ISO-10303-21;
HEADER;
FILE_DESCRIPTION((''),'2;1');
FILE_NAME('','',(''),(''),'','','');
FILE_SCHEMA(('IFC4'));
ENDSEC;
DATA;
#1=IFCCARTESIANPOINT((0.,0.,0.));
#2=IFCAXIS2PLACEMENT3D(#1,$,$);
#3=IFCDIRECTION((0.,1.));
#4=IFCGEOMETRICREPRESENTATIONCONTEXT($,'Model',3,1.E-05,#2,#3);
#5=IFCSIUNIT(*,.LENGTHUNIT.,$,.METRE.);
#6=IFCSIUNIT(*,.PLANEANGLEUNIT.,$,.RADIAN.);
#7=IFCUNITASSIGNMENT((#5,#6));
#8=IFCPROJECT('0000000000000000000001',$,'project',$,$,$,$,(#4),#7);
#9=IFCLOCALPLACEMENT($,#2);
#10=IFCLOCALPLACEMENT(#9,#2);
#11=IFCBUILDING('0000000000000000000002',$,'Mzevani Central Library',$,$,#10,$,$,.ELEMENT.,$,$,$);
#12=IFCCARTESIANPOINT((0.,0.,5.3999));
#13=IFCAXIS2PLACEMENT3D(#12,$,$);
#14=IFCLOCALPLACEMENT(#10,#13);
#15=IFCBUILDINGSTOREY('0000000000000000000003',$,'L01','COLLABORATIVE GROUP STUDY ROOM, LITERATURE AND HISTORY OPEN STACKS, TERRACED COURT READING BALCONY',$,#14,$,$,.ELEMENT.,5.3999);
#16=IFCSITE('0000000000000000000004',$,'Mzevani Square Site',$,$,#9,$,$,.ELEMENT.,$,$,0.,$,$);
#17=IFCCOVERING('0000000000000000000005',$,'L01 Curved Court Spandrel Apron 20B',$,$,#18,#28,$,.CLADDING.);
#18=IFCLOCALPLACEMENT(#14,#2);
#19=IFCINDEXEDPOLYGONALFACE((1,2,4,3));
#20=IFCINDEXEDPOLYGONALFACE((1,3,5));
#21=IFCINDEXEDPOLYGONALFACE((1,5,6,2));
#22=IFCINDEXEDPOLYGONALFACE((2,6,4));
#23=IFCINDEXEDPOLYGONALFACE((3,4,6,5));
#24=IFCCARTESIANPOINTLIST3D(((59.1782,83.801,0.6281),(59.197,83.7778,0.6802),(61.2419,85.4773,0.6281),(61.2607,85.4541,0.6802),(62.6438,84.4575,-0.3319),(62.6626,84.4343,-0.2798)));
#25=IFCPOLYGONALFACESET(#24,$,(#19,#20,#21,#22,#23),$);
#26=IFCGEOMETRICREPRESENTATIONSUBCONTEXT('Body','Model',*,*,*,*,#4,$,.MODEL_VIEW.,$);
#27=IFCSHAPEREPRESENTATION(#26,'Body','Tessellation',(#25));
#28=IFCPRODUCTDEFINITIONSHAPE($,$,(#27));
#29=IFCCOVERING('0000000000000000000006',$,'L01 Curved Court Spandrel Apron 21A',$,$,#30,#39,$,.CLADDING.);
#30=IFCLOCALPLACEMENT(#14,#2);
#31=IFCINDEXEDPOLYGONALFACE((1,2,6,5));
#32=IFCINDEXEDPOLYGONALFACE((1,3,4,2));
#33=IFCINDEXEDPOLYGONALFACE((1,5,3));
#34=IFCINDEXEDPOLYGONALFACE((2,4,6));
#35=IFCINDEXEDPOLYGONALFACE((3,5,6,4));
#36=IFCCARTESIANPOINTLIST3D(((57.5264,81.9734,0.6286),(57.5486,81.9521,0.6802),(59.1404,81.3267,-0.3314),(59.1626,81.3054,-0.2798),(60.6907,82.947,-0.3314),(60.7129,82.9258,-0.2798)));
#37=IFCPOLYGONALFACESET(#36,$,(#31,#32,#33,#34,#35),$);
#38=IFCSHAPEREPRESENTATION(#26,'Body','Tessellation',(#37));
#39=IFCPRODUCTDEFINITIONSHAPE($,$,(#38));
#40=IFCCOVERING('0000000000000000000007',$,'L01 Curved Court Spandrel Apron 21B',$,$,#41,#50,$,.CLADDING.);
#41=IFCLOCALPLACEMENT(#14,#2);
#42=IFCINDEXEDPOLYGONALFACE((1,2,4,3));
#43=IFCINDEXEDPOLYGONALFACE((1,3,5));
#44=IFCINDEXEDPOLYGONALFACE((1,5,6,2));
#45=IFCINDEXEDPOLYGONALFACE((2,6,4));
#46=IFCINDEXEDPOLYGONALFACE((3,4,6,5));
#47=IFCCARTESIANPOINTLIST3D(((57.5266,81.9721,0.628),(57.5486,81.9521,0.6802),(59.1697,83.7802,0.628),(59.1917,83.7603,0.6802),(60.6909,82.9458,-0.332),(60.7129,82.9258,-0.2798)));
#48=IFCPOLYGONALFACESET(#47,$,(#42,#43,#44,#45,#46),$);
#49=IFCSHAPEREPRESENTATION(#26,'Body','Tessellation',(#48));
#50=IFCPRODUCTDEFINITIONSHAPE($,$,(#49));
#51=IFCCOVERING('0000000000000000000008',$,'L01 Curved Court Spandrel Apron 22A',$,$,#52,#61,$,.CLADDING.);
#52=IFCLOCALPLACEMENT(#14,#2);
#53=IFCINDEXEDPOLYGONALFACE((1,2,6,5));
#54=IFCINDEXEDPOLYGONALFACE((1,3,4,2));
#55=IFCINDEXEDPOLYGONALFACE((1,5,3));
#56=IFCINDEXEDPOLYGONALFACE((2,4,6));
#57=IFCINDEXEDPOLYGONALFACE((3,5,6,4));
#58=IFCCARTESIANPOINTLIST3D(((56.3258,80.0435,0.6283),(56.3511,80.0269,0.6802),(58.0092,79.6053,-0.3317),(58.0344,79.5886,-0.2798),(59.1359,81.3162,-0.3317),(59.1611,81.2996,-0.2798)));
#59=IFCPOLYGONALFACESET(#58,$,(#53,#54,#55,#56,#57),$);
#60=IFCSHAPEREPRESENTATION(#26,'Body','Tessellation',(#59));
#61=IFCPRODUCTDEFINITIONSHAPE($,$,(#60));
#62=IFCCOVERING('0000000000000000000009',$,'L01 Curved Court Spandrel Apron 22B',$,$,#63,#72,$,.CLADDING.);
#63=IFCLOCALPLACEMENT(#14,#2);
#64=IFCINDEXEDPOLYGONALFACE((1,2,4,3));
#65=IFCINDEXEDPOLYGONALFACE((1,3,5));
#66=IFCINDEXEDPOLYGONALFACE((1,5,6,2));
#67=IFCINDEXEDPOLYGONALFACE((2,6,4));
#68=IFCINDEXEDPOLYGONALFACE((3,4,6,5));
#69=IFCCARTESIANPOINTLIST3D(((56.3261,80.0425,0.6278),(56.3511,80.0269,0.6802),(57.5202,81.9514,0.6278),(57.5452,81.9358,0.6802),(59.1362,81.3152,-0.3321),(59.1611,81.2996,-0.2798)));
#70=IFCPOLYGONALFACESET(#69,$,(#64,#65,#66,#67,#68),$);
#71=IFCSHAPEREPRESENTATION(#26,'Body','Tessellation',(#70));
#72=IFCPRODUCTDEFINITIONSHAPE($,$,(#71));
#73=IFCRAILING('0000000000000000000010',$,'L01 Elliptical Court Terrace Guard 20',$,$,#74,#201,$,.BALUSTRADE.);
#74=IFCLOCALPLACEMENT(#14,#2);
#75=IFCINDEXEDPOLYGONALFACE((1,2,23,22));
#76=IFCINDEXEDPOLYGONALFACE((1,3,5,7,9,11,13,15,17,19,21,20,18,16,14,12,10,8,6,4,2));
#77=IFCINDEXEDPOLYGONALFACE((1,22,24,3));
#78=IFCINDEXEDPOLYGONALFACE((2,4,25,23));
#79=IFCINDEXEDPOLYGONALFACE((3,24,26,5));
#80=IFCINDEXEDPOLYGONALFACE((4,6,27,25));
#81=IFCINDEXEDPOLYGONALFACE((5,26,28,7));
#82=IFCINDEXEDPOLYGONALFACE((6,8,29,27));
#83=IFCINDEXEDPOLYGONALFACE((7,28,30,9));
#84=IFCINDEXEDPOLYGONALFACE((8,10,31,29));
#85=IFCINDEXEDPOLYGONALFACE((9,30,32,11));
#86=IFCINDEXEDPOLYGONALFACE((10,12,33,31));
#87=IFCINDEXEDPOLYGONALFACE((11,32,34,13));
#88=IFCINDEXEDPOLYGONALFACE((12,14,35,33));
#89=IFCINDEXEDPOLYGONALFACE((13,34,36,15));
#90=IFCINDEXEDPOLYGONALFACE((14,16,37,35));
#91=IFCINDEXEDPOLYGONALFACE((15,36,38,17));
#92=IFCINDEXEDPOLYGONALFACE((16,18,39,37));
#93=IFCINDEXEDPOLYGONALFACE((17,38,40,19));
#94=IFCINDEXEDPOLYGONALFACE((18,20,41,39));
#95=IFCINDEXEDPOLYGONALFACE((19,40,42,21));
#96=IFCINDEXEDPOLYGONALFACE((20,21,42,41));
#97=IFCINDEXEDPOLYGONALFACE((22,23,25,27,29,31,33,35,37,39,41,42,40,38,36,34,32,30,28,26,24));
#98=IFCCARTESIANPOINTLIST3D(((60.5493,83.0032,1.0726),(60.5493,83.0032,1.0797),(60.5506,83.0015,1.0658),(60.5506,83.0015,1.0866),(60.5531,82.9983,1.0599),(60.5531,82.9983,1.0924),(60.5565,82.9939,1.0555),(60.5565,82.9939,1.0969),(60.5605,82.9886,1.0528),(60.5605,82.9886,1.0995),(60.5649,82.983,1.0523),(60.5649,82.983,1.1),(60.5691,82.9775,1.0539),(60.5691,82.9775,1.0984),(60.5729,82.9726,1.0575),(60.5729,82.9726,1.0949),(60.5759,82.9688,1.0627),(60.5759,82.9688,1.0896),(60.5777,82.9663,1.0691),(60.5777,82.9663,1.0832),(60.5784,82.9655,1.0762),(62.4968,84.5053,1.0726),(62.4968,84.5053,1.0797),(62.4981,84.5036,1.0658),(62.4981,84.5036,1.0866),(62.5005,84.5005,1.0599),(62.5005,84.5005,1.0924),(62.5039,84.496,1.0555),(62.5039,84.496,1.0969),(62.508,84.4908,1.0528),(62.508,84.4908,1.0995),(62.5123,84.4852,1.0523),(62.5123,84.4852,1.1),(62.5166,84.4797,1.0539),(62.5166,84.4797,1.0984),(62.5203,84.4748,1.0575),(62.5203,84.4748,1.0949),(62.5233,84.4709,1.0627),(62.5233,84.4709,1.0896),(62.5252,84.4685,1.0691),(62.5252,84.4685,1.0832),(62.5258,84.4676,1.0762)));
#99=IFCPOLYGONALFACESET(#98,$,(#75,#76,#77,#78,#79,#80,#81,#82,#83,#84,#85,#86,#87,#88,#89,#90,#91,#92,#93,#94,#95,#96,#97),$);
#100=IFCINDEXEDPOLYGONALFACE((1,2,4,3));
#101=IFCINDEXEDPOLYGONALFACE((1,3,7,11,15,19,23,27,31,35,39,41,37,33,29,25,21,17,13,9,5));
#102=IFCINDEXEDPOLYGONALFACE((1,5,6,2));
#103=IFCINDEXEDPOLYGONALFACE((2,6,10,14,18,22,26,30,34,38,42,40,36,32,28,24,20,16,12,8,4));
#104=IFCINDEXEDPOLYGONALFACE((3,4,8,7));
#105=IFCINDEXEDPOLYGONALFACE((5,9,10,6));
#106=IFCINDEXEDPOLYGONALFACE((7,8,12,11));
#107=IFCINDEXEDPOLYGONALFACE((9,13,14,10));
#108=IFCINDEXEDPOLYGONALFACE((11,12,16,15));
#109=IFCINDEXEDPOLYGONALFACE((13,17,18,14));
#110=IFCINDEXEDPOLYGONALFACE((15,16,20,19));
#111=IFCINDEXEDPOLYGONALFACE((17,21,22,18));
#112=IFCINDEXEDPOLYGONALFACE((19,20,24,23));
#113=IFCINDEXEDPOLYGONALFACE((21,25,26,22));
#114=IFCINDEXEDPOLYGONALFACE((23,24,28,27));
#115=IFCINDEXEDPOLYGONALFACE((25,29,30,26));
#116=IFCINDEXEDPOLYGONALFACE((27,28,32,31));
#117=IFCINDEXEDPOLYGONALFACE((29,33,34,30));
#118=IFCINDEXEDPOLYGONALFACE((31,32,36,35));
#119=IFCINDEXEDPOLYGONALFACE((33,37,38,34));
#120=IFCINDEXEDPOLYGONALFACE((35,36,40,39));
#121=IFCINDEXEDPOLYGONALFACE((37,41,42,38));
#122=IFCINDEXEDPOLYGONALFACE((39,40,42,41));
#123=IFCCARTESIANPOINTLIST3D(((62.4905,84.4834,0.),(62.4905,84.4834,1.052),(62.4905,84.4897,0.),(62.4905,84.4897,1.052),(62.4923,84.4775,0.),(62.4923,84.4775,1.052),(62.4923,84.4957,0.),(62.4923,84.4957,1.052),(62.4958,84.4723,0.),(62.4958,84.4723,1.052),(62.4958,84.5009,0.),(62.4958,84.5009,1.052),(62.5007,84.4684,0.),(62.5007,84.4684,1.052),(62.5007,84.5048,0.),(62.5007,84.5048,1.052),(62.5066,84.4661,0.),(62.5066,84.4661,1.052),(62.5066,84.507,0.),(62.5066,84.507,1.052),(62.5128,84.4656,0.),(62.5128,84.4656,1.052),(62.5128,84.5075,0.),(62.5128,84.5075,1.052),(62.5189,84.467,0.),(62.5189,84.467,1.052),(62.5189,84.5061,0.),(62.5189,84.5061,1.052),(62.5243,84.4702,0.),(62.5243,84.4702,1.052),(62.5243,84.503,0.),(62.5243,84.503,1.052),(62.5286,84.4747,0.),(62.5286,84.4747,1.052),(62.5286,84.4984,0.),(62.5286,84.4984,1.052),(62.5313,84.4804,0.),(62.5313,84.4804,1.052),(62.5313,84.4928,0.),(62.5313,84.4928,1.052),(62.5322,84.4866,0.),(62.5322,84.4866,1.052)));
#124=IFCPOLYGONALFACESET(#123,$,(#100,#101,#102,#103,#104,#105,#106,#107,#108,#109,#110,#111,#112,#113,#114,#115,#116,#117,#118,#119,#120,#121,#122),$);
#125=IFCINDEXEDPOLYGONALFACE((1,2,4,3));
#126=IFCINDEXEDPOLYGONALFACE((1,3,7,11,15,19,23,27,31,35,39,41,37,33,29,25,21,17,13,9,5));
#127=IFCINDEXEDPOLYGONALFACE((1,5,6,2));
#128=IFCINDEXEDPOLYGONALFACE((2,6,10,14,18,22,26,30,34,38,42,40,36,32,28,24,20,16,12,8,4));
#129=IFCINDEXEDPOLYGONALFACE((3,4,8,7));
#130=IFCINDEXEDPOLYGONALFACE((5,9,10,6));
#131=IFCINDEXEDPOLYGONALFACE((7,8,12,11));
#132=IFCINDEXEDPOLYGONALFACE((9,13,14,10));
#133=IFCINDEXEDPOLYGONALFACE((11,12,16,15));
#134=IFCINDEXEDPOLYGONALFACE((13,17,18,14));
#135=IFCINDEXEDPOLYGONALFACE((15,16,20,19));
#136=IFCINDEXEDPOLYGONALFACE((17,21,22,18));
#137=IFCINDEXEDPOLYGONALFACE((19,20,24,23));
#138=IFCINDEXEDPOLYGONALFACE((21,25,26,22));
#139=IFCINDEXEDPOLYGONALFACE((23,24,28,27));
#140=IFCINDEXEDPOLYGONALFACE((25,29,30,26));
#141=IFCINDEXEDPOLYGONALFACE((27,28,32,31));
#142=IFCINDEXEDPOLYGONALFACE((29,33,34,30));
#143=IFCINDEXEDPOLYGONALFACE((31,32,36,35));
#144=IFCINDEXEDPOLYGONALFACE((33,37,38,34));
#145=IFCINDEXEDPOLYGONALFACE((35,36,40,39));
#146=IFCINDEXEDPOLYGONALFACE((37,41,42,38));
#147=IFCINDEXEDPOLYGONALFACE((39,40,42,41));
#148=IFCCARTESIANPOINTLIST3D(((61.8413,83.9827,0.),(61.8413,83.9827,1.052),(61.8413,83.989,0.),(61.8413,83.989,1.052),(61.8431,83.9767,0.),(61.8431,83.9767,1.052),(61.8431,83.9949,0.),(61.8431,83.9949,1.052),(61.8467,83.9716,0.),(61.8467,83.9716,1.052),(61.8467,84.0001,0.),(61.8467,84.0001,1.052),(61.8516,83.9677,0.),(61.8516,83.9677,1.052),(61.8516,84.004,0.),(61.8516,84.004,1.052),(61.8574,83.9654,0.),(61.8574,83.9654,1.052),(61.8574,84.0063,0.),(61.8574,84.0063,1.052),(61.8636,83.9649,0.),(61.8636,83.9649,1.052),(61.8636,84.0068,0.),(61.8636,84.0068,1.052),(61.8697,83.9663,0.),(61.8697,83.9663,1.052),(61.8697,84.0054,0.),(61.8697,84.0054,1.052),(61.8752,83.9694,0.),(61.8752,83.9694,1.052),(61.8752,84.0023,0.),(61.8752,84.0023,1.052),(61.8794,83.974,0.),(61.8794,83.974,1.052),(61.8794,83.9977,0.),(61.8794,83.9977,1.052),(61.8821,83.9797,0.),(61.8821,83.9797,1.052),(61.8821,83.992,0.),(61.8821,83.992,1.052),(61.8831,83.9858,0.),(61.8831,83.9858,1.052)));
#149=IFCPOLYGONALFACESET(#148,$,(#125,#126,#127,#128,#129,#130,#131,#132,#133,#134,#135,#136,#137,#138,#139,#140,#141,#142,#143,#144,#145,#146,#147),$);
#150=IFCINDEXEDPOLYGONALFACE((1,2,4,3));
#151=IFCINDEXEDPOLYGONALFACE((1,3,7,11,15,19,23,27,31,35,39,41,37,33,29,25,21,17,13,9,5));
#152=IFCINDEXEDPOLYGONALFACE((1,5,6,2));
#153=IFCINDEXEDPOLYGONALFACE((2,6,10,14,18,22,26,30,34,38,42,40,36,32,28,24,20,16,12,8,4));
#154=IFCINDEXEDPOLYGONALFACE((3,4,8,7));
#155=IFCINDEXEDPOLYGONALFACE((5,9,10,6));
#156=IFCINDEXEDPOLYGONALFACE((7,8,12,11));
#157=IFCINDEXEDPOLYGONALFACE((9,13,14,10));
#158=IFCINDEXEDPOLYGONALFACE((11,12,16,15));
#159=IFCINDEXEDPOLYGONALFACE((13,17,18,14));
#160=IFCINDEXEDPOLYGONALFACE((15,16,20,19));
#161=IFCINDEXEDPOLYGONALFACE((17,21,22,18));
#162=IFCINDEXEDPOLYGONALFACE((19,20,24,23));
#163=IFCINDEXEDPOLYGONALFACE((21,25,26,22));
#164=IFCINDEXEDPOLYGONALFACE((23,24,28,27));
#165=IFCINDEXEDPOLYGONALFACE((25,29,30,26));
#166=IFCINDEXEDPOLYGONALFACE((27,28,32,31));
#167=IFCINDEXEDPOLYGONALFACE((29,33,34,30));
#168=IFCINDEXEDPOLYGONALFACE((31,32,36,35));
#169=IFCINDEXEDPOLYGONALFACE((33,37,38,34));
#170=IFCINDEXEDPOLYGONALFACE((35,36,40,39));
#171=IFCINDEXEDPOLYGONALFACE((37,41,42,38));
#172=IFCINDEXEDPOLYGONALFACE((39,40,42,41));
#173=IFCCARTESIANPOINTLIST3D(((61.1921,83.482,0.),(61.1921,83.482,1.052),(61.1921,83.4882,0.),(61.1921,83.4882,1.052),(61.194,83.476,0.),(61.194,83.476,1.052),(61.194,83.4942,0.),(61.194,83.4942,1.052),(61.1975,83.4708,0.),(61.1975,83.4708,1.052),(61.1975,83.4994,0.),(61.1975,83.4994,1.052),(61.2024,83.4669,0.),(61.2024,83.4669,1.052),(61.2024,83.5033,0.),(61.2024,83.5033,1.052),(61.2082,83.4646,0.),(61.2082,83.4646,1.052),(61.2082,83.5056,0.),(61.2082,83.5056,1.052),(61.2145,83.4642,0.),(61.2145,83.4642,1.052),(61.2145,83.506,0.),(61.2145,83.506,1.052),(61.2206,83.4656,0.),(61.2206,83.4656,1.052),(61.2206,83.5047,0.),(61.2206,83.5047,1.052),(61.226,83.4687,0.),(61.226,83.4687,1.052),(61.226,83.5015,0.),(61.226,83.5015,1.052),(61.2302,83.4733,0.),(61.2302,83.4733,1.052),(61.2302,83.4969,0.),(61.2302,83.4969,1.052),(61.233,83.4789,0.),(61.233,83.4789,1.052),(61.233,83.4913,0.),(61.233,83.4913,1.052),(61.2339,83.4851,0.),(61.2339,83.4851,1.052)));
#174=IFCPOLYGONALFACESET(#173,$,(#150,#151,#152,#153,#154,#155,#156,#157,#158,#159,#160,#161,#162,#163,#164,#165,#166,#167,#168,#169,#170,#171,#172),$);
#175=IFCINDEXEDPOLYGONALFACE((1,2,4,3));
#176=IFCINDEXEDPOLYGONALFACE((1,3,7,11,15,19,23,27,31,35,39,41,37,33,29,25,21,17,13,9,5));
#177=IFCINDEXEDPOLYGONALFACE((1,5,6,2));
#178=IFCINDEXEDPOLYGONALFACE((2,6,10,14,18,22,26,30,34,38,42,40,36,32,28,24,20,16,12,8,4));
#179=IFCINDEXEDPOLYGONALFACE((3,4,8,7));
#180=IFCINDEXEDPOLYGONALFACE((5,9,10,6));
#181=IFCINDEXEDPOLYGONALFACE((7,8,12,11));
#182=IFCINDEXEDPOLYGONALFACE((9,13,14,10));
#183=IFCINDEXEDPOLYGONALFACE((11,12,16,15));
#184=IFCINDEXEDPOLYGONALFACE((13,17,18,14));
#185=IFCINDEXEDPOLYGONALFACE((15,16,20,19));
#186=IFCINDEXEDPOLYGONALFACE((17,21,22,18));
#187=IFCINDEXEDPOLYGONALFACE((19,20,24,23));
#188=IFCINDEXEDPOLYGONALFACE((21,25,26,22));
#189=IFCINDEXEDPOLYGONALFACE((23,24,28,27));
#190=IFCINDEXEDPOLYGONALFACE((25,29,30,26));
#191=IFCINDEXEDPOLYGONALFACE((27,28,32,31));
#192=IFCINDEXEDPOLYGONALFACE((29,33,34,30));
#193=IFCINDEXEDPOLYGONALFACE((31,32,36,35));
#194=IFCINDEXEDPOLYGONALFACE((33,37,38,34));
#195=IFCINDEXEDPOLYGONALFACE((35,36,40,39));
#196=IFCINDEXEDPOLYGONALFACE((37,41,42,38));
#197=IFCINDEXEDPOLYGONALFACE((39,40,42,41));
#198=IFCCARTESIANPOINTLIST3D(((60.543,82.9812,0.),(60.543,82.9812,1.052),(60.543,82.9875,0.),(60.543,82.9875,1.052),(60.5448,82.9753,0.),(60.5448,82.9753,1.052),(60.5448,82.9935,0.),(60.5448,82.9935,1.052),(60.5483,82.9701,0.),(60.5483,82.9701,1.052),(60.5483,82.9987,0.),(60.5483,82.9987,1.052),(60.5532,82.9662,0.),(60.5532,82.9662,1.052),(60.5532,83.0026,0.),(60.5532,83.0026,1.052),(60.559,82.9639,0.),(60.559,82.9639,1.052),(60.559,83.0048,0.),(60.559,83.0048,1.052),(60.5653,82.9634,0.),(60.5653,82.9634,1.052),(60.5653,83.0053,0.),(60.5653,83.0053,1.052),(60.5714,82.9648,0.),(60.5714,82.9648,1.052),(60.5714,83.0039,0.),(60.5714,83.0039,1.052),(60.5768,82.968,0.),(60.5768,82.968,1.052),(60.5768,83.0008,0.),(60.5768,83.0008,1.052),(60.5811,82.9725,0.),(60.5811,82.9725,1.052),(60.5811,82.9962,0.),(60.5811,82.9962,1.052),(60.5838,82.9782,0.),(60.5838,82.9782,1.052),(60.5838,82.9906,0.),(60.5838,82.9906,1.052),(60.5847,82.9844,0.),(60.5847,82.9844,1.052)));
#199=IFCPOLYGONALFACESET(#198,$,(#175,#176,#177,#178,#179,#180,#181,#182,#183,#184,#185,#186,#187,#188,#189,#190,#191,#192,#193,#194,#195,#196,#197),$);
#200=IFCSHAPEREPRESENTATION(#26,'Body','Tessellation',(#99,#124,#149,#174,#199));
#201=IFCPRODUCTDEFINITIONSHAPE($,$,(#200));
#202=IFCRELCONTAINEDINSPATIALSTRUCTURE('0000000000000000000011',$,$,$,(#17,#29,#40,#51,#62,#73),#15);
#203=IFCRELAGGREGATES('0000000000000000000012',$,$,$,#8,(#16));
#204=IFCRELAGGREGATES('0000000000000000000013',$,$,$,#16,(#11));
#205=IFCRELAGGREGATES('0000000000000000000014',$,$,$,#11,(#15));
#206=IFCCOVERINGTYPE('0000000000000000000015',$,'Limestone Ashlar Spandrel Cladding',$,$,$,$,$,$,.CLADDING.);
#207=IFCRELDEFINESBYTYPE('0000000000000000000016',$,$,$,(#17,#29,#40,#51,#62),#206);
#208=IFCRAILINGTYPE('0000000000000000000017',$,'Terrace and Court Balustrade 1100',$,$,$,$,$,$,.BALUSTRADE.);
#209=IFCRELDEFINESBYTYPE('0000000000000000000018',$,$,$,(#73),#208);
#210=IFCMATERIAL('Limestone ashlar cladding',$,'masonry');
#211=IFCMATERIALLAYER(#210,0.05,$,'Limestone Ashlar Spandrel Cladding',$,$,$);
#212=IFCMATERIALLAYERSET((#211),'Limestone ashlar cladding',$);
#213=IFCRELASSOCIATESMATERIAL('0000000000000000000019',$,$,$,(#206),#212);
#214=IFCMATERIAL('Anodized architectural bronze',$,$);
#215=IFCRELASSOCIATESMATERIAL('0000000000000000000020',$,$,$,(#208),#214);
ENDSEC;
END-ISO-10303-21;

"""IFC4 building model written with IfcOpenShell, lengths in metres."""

from ifc_helpers import new_model, si_unit, direction, frame, origin, origin_2d, place, context, subcontext, project, spatial, polyline, circle, outline, extrude, material, layer, layer_set, type_object, element, save


model = new_model("IFC4")

# Units and contexts
model_context = context("Model", 3, precision=1e-05, world=origin(), true_north=direction((0.0, 1.0)))
body_context = subcontext(model_context, "Body", "Model", "MODEL_VIEW")
ifc_project = project(units=[si_unit("LENGTHUNIT", "METRE"), si_unit("PLANEANGLEUNIT", "RADIAN")], contexts=[model_context])

# Site, building, storey
site_placement = place(None, origin())
site = spatial("IfcSite", under=ifc_project, at=site_placement, Name="Mzevani Square Site", CompositionType="ELEMENT", RefElevation=0.0)
building_placement = place(site_placement, origin())
building = spatial("IfcBuilding", under=site, at=building_placement, Name="Mzevani Central Library", CompositionType="ELEMENT")
storey_placement = place(building_placement, frame((0.0, 0.0, 5.3999)))
storey = spatial("IfcBuildingStorey", under=building, at=storey_placement, Name="L01", Description="COLLABORATIVE GROUP STUDY ROOM, LITERATURE AND HISTORY OPEN STACKS, TERRACED COURT READING BALCONY", CompositionType="ELEMENT", Elevation=5.3999)

# Coverings
ifc_material_1 = material(Name="Limestone ashlar cladding", Category="masonry")
ifc_layer_1 = layer(ifc_material_1, 0.05, Name="Limestone Ashlar Spandrel Cladding")
ifc_layer_set_1 = layer_set([ifc_layer_1], Name="Limestone ashlar cladding")
covering_type = type_object("IfcCoveringType", Name="Limestone Ashlar Spandrel Cladding", PredefinedType="CLADDING", material=ifc_layer_set_1)
covering_1_placement = place(storey_placement, frame((62.6626, 84.4343, -0.2798), z_axis=(0.313443, -0.385891, 0.867664), x_axis=(-0.948043, -0.17959, 0.262607)))
element("IfcCovering", 1, at=covering_1_placement, inside=storey, type_object=covering_type, Name="L01 Curved Court Spandrel Apron 20B", PredefinedType="CLADDING", context=body_context, shape_type="SweptSolid", body=[
    extrude(outline(polyline([(0.0, 0.0), (3.6555, 0.0), (1.398, -1.4044), (0.0, 0.0)])), origin(), (0.0, 0.0, -1.0), 0.0601),
])
covering_2_placement = place(storey_placement, frame((60.7129, 82.9258, -0.2798), z_axis=(0.369479, -0.353502, 0.859373), x_axis=(-0.691312, -0.722557, 0.0)))
element("IfcCovering", 2, at=covering_2_placement, inside=storey, type_object=covering_type, Name="L01 Curved Court Spandrel Apron 21A", PredefinedType="CLADDING", context=body_context, shape_type="SweptSolid", body=[
    extrude(outline(polyline([(0.0, 0.0), (2.2425, 0.0), (2.891, -1.8773), (0.0, 0.0)])), origin(), (0.0, 0.0, -1.0), 0.0601),
])
covering_3_placement = place(storey_placement, frame((60.7129, 82.9258, -0.2798), z_axis=(0.366013, -0.332604, 0.869143), x_axis=(-0.917969, -0.282452, 0.278486)))
element("IfcCovering", 3, at=covering_3_placement, inside=storey, type_object=covering_type, Name="L01 Curved Court Spandrel Apron 21B", PredefinedType="CLADDING", context=body_context, shape_type="SweptSolid", body=[
    extrude(outline(polyline([(0.0, 0.0), (3.4471, 0.0), (1.4281, -1.3757), (0.0, 0.0)])), origin(), (0.0, 0.0, -1.0), 0.0601),
])
covering_4_placement = place(storey_placement, frame((59.1611, 81.2996, -0.2798), z_axis=(0.420578, -0.276965, 0.863947), x_axis=(-0.549989, -0.835172, 0.0)))
element("IfcCovering", 4, at=covering_4_placement, inside=storey, type_object=covering_type, Name="L01 Curved Court Spandrel Apron 22A", PredefinedType="CLADDING", context=body_context, shape_type="SweptSolid", body=[
    extrude(outline(polyline([(0.0, 0.0), (2.0486, 0.0), (2.6084, -1.9063), (0.0, 0.0)])), origin(), (0.0, 0.0, -1.0), 0.0601),
])
covering_5_placement = place(storey_placement, frame((59.1611, 81.2996, -0.2798), z_axis=(0.41549, -0.259901, 0.871676), x_axis=(-0.869786, -0.393935, 0.297133)))
element("IfcCovering", 5, at=covering_5_placement, inside=storey, type_object=covering_type, Name="L01 Curved Court Spandrel Apron 22B", PredefinedType="CLADDING", context=body_context, shape_type="SweptSolid", body=[
    extrude(outline(polyline([(0.0, 0.0), (3.2307, 0.0), (1.4401, -1.3652), (0.0, 0.0)])), origin(), (0.0, 0.0, -1.0), 0.0601),
])

# Railing
ifc_material_2 = material(Name="Anodized architectural bronze")
railing_type = type_object("IfcRailingType", Name="Terrace and Court Balustrade 1100", PredefinedType="BALUSTRADE", material=ifc_material_2)
railing_1_placement = place(storey_placement, frame((62.5112, 84.4866, 0.0)))
element("IfcRailing", 6, at=railing_1_placement, inside=storey, type_object=railing_type, Name="L01 Elliptical Court Terrace Guard 20", PredefinedType="BALUSTRADE", context=body_context, shape_type="SweptSolid", body=[
    extrude(circle(Radius=0.0239, at=origin_2d()), frame((0.0, 0.0, 1.0762), z_axis=(-0.791815, -0.610761, 0.0), x_axis=(0.610761, -0.791815, 0.0)), (0.0, 0.0, 1.0), 2.4595),
    extrude(circle(Radius=0.021, at=origin_2d()), origin(), (0.0, 0.0, 1.0), 1.052),
    extrude(circle(Radius=0.021, at=origin_2d()), frame((-0.6492, -0.5007, 0.0)), (0.0, 0.0, 1.0), 1.052),
    extrude(circle(Radius=0.021, at=origin_2d()), frame((-1.2983, -1.0015, 0.0)), (0.0, 0.0, 1.0), 1.052),
    extrude(circle(Radius=0.021, at=origin_2d()), frame((-1.9475, -1.5022, 0.0)), (0.0, 0.0, 1.0), 1.052),
])

save(model, "model.ifc")
